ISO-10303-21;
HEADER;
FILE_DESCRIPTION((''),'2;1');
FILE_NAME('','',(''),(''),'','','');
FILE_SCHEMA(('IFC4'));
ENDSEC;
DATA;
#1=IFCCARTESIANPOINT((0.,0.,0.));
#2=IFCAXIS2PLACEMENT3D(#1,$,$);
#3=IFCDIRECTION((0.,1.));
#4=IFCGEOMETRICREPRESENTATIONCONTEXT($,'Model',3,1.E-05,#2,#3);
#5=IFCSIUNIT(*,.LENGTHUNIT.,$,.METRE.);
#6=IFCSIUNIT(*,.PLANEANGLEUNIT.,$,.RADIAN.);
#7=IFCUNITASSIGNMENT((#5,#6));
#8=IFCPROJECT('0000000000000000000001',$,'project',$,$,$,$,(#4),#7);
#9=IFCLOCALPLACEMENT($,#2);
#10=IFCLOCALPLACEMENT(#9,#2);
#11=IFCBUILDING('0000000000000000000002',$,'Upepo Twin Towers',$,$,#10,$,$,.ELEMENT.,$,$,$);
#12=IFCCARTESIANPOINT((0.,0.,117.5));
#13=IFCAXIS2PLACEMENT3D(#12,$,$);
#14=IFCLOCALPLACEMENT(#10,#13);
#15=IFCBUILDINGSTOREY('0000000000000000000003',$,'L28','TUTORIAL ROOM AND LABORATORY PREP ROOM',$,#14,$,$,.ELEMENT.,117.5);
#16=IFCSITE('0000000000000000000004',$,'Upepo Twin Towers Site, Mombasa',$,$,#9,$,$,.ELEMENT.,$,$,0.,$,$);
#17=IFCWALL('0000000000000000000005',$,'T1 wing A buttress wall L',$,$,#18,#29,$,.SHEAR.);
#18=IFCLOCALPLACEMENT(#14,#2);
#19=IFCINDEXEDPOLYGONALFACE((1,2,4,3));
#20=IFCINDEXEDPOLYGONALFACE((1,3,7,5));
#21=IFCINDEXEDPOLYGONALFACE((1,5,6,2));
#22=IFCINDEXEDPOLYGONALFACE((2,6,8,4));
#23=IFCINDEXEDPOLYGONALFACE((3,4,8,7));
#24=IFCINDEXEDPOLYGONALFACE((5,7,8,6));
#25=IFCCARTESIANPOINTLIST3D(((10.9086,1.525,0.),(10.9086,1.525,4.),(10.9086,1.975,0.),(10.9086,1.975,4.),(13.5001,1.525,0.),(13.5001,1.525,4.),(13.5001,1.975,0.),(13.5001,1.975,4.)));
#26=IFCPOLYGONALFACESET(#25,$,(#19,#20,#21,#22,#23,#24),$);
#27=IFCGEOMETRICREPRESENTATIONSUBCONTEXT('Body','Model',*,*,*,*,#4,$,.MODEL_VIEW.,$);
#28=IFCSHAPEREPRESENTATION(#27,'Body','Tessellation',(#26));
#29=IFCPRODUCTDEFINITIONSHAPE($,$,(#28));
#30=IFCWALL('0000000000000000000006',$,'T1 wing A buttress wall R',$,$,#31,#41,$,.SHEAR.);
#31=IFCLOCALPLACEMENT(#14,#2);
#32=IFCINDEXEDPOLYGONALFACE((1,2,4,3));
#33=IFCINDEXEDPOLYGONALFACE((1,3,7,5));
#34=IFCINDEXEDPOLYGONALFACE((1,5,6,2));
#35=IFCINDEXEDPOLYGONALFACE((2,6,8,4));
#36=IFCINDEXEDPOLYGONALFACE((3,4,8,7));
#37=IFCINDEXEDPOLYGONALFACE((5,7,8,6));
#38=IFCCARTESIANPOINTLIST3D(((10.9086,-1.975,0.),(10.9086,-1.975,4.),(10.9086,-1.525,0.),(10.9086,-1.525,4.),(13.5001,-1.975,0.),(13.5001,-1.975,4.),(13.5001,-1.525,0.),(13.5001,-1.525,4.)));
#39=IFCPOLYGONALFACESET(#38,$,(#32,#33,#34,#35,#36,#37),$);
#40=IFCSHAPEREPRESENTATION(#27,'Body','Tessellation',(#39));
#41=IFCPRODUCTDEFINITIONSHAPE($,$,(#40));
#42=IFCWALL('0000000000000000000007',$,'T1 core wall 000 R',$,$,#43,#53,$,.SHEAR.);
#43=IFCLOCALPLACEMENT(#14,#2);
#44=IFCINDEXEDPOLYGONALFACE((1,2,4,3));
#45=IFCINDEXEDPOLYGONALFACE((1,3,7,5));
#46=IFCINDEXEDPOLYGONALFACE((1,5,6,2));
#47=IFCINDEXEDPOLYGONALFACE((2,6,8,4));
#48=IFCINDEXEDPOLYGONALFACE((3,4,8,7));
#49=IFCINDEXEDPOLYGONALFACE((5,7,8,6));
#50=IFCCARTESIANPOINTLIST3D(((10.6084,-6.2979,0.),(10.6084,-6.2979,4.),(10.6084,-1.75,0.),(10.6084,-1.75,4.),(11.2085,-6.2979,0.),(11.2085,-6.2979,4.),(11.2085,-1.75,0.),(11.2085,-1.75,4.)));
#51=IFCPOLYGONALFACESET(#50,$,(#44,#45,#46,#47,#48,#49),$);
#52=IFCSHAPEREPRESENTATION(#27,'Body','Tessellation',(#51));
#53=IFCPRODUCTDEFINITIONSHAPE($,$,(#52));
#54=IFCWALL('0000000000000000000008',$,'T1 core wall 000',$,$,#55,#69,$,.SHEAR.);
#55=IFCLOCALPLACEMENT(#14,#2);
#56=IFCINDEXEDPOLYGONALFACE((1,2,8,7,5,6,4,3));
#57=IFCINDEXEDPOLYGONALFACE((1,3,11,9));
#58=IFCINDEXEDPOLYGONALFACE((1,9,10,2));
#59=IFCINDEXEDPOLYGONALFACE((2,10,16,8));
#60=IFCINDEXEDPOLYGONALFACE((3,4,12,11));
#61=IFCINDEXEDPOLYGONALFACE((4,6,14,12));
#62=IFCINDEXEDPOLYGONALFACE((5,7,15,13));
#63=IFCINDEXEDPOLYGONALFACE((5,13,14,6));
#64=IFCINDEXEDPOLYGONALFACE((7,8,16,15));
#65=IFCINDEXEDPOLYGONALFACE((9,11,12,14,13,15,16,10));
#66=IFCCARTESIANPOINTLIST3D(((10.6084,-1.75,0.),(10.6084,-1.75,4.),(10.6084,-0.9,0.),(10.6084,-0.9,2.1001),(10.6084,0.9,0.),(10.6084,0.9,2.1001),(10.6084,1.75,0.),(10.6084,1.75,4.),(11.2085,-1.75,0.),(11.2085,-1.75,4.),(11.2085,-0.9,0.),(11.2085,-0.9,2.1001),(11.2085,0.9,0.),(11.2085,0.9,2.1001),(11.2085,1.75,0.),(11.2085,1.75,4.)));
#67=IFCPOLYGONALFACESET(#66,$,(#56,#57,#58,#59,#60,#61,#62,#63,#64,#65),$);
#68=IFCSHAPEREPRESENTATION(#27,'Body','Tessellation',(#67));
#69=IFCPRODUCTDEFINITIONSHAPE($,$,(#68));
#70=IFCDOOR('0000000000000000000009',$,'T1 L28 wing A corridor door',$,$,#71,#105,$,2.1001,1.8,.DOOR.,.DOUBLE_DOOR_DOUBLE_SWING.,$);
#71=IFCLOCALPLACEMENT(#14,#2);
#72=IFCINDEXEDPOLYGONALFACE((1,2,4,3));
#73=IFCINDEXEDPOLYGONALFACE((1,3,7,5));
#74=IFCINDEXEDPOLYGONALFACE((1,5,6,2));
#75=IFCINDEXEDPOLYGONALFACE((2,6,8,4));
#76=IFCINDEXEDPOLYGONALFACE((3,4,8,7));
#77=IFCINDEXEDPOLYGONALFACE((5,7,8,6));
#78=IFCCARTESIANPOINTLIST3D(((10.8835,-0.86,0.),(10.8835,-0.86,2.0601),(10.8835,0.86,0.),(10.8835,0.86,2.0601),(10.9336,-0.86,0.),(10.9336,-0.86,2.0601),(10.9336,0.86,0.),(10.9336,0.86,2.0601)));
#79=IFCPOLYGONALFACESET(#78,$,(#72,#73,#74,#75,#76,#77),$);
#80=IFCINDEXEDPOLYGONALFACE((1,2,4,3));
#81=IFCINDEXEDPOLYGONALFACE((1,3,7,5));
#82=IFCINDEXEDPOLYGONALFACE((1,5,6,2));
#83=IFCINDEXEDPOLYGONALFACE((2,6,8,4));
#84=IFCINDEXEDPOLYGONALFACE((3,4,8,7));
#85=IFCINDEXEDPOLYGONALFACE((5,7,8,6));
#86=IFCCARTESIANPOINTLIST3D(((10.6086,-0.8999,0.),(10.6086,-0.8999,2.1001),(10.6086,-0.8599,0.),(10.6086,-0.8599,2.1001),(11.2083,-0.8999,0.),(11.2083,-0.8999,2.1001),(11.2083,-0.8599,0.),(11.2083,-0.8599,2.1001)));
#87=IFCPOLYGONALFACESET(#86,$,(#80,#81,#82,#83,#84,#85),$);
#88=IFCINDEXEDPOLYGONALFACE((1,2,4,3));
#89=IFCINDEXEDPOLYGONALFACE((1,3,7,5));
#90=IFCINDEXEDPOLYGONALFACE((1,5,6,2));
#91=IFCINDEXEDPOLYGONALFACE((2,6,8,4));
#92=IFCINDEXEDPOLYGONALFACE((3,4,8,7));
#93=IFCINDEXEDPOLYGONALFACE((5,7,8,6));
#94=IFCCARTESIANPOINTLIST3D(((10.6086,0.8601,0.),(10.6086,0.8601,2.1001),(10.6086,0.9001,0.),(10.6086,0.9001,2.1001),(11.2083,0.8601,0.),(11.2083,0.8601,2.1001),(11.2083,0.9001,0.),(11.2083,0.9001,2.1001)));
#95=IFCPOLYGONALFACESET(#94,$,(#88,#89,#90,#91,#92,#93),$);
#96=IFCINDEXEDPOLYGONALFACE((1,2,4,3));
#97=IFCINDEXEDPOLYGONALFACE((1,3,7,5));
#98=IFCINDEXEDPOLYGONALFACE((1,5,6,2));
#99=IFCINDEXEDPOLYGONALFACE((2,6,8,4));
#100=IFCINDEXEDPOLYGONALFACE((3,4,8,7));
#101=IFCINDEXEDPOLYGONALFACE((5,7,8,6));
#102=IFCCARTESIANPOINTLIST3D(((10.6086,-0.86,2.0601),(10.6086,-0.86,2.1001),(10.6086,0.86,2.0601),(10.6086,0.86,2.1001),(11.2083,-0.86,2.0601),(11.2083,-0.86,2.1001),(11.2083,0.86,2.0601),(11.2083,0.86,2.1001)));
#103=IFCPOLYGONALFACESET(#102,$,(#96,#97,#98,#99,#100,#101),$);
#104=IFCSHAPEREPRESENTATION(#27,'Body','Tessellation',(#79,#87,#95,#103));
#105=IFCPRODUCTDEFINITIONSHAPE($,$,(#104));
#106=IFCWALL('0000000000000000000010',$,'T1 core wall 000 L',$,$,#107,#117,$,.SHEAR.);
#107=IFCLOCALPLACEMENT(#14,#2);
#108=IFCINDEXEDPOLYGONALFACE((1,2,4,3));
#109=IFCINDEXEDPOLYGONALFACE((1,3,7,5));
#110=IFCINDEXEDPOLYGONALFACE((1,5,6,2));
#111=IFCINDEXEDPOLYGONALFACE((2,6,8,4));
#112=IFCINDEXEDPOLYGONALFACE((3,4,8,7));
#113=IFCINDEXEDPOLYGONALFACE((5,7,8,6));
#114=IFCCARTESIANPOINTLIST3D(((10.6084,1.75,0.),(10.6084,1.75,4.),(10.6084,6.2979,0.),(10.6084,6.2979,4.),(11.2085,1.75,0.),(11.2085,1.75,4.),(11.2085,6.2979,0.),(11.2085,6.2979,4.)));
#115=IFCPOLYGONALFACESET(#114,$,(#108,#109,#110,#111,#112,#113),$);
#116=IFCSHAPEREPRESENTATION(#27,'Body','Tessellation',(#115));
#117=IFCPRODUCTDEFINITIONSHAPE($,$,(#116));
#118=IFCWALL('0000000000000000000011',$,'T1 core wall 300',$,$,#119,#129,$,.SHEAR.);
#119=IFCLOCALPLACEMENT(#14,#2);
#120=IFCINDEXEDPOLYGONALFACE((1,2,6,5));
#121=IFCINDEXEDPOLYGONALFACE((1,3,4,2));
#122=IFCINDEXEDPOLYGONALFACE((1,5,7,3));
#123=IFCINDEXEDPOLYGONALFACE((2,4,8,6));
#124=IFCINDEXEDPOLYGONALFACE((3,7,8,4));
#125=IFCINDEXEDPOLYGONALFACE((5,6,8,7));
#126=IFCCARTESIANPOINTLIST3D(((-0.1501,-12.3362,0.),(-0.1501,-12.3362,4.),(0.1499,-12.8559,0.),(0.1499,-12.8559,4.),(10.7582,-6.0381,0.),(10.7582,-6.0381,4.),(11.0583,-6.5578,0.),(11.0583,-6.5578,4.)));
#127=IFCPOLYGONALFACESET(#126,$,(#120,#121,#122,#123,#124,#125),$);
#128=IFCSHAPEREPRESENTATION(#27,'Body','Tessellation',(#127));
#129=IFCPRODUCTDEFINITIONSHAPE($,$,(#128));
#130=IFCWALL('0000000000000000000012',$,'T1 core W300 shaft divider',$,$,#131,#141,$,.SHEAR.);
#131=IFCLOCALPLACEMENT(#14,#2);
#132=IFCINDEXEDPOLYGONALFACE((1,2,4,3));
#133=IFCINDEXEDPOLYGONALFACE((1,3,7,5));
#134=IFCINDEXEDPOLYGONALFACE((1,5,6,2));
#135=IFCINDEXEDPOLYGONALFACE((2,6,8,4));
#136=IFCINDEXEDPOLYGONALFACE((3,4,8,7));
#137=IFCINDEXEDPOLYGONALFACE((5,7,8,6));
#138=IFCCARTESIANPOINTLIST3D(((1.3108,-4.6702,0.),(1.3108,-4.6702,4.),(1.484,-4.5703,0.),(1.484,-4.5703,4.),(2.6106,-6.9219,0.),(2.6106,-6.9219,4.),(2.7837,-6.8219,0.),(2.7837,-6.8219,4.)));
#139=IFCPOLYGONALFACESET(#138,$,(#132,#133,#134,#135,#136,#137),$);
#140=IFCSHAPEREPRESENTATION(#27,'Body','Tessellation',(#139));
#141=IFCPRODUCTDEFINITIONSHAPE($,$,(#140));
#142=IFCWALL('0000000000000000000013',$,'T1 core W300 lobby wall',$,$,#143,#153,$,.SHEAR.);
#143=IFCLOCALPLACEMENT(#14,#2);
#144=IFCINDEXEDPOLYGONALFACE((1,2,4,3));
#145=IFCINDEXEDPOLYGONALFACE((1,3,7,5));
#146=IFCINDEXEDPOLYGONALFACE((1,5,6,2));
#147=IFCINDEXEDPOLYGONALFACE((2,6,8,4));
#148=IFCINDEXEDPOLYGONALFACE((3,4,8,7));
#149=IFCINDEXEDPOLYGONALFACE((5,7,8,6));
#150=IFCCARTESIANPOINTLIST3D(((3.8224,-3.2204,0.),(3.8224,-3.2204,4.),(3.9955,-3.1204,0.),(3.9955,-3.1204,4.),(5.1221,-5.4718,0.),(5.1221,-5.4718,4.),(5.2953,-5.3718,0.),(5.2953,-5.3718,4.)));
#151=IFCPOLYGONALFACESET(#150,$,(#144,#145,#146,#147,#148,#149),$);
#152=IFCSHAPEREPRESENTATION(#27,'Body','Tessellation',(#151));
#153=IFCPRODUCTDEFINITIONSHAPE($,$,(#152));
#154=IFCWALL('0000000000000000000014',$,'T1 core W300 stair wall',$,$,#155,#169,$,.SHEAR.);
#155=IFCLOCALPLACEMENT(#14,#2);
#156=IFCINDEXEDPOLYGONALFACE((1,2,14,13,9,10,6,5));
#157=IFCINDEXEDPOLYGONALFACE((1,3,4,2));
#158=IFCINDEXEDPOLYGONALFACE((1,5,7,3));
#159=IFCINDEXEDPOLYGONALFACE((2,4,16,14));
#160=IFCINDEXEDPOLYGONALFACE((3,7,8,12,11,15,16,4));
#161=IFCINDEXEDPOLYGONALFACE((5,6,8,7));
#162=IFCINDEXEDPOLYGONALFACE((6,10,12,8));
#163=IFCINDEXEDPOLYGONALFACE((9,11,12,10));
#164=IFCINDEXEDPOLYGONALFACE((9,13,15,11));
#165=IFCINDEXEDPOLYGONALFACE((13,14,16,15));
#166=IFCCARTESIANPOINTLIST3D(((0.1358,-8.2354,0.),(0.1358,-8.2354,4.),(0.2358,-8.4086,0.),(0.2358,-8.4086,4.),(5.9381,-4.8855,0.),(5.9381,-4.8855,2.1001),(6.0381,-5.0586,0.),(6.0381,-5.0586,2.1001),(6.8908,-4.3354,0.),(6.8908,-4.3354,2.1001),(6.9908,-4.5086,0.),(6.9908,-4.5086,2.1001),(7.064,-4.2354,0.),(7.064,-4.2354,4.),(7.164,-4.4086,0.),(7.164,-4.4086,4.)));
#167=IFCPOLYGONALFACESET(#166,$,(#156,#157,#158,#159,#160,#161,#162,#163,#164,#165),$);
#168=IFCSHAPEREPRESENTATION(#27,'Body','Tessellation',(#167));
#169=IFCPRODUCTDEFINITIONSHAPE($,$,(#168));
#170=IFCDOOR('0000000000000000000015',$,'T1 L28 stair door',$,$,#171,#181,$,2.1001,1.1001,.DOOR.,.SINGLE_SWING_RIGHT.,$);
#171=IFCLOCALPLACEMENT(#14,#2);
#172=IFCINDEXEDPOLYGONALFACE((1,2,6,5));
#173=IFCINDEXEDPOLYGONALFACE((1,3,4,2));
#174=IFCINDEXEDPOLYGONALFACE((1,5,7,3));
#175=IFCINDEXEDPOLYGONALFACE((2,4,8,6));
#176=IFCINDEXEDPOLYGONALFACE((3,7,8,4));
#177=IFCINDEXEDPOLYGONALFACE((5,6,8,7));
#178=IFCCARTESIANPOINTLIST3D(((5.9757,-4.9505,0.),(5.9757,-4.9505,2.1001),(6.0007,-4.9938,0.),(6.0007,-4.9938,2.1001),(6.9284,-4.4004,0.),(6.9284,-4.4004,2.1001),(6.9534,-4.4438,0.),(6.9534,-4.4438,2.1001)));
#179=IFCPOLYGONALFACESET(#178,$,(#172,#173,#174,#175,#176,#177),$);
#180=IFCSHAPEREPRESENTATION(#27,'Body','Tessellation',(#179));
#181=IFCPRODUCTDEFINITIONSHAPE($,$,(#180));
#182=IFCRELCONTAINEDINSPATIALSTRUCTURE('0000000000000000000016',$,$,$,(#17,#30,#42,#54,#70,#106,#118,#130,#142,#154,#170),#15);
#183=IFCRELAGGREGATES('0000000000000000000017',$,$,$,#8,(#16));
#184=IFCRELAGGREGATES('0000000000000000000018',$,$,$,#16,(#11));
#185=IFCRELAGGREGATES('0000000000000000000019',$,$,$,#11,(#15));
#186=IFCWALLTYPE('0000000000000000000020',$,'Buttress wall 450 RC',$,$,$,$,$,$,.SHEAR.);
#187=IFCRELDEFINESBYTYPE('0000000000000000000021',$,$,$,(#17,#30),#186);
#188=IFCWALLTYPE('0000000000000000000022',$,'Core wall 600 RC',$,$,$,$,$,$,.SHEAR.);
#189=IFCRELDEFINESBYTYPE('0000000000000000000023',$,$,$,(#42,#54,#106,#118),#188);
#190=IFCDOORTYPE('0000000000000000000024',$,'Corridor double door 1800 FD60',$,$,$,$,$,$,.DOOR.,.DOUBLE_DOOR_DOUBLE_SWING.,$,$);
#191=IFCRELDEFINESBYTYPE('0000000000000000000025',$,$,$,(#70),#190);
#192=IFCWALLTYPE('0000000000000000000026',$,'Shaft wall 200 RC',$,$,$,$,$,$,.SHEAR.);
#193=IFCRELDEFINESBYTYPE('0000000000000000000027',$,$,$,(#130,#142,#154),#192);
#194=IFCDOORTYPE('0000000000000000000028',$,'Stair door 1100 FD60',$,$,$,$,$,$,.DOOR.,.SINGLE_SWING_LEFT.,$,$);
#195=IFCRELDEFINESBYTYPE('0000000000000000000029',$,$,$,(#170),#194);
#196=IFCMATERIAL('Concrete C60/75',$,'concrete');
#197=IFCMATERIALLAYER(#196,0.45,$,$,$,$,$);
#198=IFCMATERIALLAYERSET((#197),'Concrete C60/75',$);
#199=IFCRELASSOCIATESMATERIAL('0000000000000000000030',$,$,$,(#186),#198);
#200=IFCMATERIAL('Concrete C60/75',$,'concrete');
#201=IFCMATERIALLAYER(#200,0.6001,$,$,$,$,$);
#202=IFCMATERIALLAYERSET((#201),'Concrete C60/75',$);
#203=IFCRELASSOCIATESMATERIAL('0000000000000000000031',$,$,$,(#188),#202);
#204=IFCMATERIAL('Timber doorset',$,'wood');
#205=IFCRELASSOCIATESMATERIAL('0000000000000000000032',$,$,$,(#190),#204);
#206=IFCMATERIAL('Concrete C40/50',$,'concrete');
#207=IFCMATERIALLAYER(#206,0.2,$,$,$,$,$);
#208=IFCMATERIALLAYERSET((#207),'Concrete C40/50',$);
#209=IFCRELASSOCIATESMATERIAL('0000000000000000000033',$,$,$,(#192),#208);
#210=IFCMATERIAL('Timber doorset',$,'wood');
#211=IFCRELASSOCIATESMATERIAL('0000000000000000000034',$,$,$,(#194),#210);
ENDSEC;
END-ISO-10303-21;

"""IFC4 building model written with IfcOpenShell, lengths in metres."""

from ifc_helpers import new_model, si_unit, direction, frame, frame_2d, origin, place, context, subcontext, project, spatial, rectangle, extrude, material, layer, layer_set, type_object, element, fill, save


model = new_model("IFC4")

# Units and contexts
model_context = context("Model", 3, precision=1e-05, world=origin(), true_north=direction((0.0, 1.0)))
body_context = subcontext(model_context, "Body", "Model", "MODEL_VIEW")
ifc_project = project(units=[si_unit("LENGTHUNIT", "METRE"), si_unit("PLANEANGLEUNIT", "RADIAN")], contexts=[model_context])

# Site, building, storey
site_placement = place(None, origin())
site = spatial("IfcSite", under=ifc_project, at=site_placement, Name="Upepo Twin Towers Site, Mombasa", CompositionType="ELEMENT", RefElevation=0.0)
building_placement = place(site_placement, origin())
building = spatial("IfcBuilding", under=site, at=building_placement, Name="Upepo Twin Towers", CompositionType="ELEMENT")
storey_placement = place(building_placement, frame((0.0, 0.0, 117.5)))
storey = spatial("IfcBuildingStorey", under=building, at=storey_placement, Name="L28", Description="TUTORIAL ROOM AND LABORATORY PREP ROOM", CompositionType="ELEMENT", Elevation=117.5)

# Walls
ifc_material_1 = material(Name="Concrete C60/75", Category="concrete")
ifc_layer_1 = layer(ifc_material_1, 0.45)
ifc_layer_set_1 = layer_set([ifc_layer_1], Name="Concrete C60/75")
wall_type_1 = type_object("IfcWallType", Name="Buttress wall 450 RC", PredefinedType="SHEAR", material=ifc_layer_set_1)
for number, where, z_axis, x_axis, name in (
    (1, (10.9084, 1.75, 0.0), (0.0, 0.0, 1.0), (1.0, 0.0, 0.0), "T1 wing A buttress wall L"),
    (2, (10.9084, -1.75, 0.0), (0.0, 0.0, 1.0), (1.0, 0.0, 0.0), "T1 wing A buttress wall R"),
):
    element("IfcWall", number, at=place(storey_placement, frame(where, z_axis=z_axis, x_axis=x_axis)), inside=storey, type_object=wall_type_1, Name=name, PredefinedType="SHEAR", context=body_context, shape_type="SweptSolid", body=[
        extrude(rectangle(XDim=2.5916, YDim=0.45, at=frame_2d((1.2959, 0.0))), origin(), (0.0, 0.0, 1.0), 4.0),
    ])
ifc_material_2 = material(Name="Concrete C60/75", Category="concrete")
ifc_layer_2 = layer(ifc_material_2, 0.6001)
ifc_layer_set_2 = layer_set([ifc_layer_2], Name="Concrete C60/75")
wall_type_2 = type_object("IfcWallType", Name="Core wall 600 RC", PredefinedType="SHEAR", material=ifc_layer_set_2)
wall_1_placement = place(storey_placement, frame((10.9084, -6.2979, 0.0), z_axis=(0.0, 0.0, 1.0), x_axis=(0.0, 1.0, 0.0)))
element("IfcWall", 3, at=wall_1_placement, inside=storey, type_object=wall_type_2, Name="T1 core wall 000 R", PredefinedType="SHEAR", context=body_context, shape_type="SweptSolid", body=[
    extrude(rectangle(XDim=4.5479, YDim=0.6001, at=frame_2d((2.2739, 0.0))), origin(), (0.0, 0.0, 1.0), 4.0),
])

# Wall, opening, door
wall_2_placement = place(storey_placement, frame((10.9084, -1.75, 0.0), z_axis=(0.0, 0.0, 1.0), x_axis=(0.0, 1.0, 0.0)))
wall_2 = element("IfcWall", 4, at=wall_2_placement, inside=storey, type_object=wall_type_2, Name="T1 core wall 000", PredefinedType="SHEAR", context=body_context, shape_type="SweptSolid", body=[
    extrude(rectangle(XDim=3.5, YDim=0.6001, at=frame_2d((1.75, 0.0))), origin(), (0.0, 0.0, 1.0), 4.0),
])
opening_1_placement = place(wall_2_placement, frame((0.8501, 0.0, 0.0)))
opening_1 = element("IfcOpeningElement", 5, at=opening_1_placement, cuts=wall_2, PredefinedType="OPENING", context=body_context, shape_type="SweptSolid", body=[
    extrude(rectangle(XDim=1.8, YDim=2.1001, at=frame_2d((0.8999, 1.05))), frame((0.0, 0.3101, 0.0), z_axis=(0.0, -1.0, 0.0), x_axis=(1.0, 0.0, 0.0)), (0.0, 0.0, 1.0), 0.6201),
])
ifc_material_3 = material(Name="Timber doorset", Category="wood")
door_type_1 = type_object("IfcDoorType", Name="Corridor double door 1800 FD60", OperationType="DOUBLE_DOOR_DOUBLE_SWING", PredefinedType="DOOR", material=ifc_material_3)
door_1_placement = place(opening_1_placement, origin())
door_1 = element("IfcDoor", 6, at=door_1_placement, inside=storey, type_object=door_type_1, Name="T1 L28 wing A corridor door", OperationType="DOUBLE_DOOR_DOUBLE_SWING", OverallHeight=2.1001, OverallWidth=1.8, PredefinedType="DOOR", context=body_context, shape_type="SweptSolid", body=[
    extrude(rectangle(XDim=1.72, YDim=2.0601, at=frame_2d((0.8999, 1.03))), frame((0.0, 0.0249, 0.0), z_axis=(0.0, -1.0, 0.0), x_axis=(1.0, 0.0, 0.0)), (0.0, 0.0, 1.0), 0.05),
    extrude(rectangle(XDim=0.04, YDim=2.1001, at=frame_2d((0.02, 1.05))), frame((0.0, 0.2998, 0.0), z_axis=(0.0, -1.0, 0.0), x_axis=(1.0, 0.0, 0.0)), (0.0, 0.0, 1.0), 0.5996),
    extrude(rectangle(XDim=0.04, YDim=2.1001, at=frame_2d((1.78, 1.05))), frame((0.0, 0.2998, 0.0), z_axis=(0.0, -1.0, 0.0), x_axis=(1.0, 0.0, 0.0)), (0.0, 0.0, 1.0), 0.5996),
    extrude(rectangle(XDim=1.72, YDim=0.04, at=frame_2d((0.8999, 2.0801))), frame((0.0, 0.2998, 0.0), z_axis=(0.0, -1.0, 0.0), x_axis=(1.0, 0.0, 0.0)), (0.0, 0.0, 1.0), 0.5996),
])
fill(opening_1, door_1)

# Walls
wall_3_placement = place(storey_placement, frame((10.9084, 1.75, 0.0), z_axis=(0.0, 0.0, 1.0), x_axis=(0.0, 1.0, 0.0)))
element("IfcWall", 7, at=wall_3_placement, inside=storey, type_object=wall_type_2, Name="T1 core wall 000 L", PredefinedType="SHEAR", context=body_context, shape_type="SweptSolid", body=[
    extrude(rectangle(XDim=4.5479, YDim=0.6001, at=frame_2d((2.2739, 0.0))), origin(), (0.0, 0.0, 1.0), 4.0),
])
wall_4_placement = place(storey_placement, frame((0.0, -12.5959, 0.0), z_axis=(0.0, 0.0, 1.0), x_axis=(0.866022, 0.500006, 0.0)))
element("IfcWall", 8, at=wall_4_placement, inside=storey, type_object=wall_type_2, Name="T1 core wall 300", PredefinedType="SHEAR", context=body_context, shape_type="SweptSolid", body=[
    extrude(rectangle(XDim=12.5959, YDim=0.6001, at=frame_2d((6.2979, 0.0))), origin(), (0.0, 0.0, 1.0), 4.0),
])
ifc_material_4 = material(Name="Concrete C40/50", Category="concrete")
ifc_layer_3 = layer(ifc_material_4, 0.2)
ifc_layer_set_3 = layer_set([ifc_layer_3], Name="Concrete C40/50")
wall_type_3 = type_object("IfcWallType", Name="Shaft wall 200 RC", PredefinedType="SHEAR", material=ifc_layer_set_3)
wall_5_placement = place(storey_placement, frame((1.3975, -4.6204, 0.0), z_axis=(0.0, 0.0, 1.0), x_axis=(0.499937, -0.866062, 0.0)))
element("IfcWall", 9, at=wall_5_placement, inside=storey, type_object=wall_type_3, Name="T1 core W300 shaft divider", PredefinedType="SHEAR", context=body_context, shape_type="SweptSolid", body=[
    extrude(rectangle(XDim=2.5999, YDim=0.2, at=frame_2d((1.2998, 0.0))), origin(), (0.0, 0.0, 1.0), 4.0),
])
wall_6_placement = place(storey_placement, frame((3.9089, -3.1704, 0.0), z_axis=(0.0, 0.0, 1.0), x_axis=(0.499977, -0.866039, 0.0)))
element("IfcWall", 10, at=wall_6_placement, inside=storey, type_object=wall_type_3, Name="T1 core W300 lobby wall", PredefinedType="SHEAR", context=body_context, shape_type="SweptSolid", body=[
    extrude(rectangle(XDim=2.5996, YDim=0.2, at=frame_2d((1.2998, 0.0))), origin(), (0.0, 0.0, 1.0), 4.0),
])

# Wall, opening, door
wall_7_placement = place(storey_placement, frame((0.1858, -8.322, 0.0), z_axis=(0.0, 0.0, 1.0), x_axis=(0.866026, 0.499999, 0.0)))
wall_7 = element("IfcWall", 11, at=wall_7_placement, inside=storey, type_object=wall_type_3, Name="T1 core W300 stair wall", PredefinedType="SHEAR", context=body_context, shape_type="SweptSolid", body=[
    extrude(rectangle(XDim=8.0, YDim=0.2, at=frame_2d((4.0, 0.0))), origin(), (0.0, 0.0, 1.0), 4.0),
])
opening_2_placement = place(wall_7_placement, frame((6.7, 0.0, 0.0)))
opening_2 = element("IfcOpeningElement", 12, at=opening_2_placement, cuts=wall_7, PredefinedType="OPENING", context=body_context, shape_type="SweptSolid", body=[
    extrude(rectangle(XDim=1.1001, YDim=2.1001, at=frame_2d((0.55, 1.05))), frame((0.0, 0.1099, 0.0), z_axis=(0.0, -1.0, 0.0), x_axis=(1.0, 0.0, 0.0)), (0.0, 0.0, 1.0), 0.22),
])
ifc_material_5 = material(Name="Timber doorset", Category="wood")
door_type_2 = type_object("IfcDoorType", Name="Stair door 1100 FD60", OperationType="SINGLE_SWING_LEFT", PredefinedType="DOOR", material=ifc_material_5)
door_2_placement = place(opening_2_placement, origin())
door_2 = element("IfcDoor", 13, at=door_2_placement, inside=storey, type_object=door_type_2, Name="T1 L28 stair door", OperationType="SINGLE_SWING_RIGHT", OverallHeight=2.1001, OverallWidth=1.1001, PredefinedType="DOOR", context=body_context, shape_type="SweptSolid", body=[
    extrude(rectangle(XDim=1.1001, YDim=2.1001, at=frame_2d((0.55, 1.05))), frame((0.0, 0.0249, 0.0), z_axis=(0.0, -1.0, 0.0), x_axis=(1.0, 0.0, 0.0)), (0.0, 0.0, 1.0), 0.05),
])
fill(opening_2, door_2)

save(model, "model.ifc")
